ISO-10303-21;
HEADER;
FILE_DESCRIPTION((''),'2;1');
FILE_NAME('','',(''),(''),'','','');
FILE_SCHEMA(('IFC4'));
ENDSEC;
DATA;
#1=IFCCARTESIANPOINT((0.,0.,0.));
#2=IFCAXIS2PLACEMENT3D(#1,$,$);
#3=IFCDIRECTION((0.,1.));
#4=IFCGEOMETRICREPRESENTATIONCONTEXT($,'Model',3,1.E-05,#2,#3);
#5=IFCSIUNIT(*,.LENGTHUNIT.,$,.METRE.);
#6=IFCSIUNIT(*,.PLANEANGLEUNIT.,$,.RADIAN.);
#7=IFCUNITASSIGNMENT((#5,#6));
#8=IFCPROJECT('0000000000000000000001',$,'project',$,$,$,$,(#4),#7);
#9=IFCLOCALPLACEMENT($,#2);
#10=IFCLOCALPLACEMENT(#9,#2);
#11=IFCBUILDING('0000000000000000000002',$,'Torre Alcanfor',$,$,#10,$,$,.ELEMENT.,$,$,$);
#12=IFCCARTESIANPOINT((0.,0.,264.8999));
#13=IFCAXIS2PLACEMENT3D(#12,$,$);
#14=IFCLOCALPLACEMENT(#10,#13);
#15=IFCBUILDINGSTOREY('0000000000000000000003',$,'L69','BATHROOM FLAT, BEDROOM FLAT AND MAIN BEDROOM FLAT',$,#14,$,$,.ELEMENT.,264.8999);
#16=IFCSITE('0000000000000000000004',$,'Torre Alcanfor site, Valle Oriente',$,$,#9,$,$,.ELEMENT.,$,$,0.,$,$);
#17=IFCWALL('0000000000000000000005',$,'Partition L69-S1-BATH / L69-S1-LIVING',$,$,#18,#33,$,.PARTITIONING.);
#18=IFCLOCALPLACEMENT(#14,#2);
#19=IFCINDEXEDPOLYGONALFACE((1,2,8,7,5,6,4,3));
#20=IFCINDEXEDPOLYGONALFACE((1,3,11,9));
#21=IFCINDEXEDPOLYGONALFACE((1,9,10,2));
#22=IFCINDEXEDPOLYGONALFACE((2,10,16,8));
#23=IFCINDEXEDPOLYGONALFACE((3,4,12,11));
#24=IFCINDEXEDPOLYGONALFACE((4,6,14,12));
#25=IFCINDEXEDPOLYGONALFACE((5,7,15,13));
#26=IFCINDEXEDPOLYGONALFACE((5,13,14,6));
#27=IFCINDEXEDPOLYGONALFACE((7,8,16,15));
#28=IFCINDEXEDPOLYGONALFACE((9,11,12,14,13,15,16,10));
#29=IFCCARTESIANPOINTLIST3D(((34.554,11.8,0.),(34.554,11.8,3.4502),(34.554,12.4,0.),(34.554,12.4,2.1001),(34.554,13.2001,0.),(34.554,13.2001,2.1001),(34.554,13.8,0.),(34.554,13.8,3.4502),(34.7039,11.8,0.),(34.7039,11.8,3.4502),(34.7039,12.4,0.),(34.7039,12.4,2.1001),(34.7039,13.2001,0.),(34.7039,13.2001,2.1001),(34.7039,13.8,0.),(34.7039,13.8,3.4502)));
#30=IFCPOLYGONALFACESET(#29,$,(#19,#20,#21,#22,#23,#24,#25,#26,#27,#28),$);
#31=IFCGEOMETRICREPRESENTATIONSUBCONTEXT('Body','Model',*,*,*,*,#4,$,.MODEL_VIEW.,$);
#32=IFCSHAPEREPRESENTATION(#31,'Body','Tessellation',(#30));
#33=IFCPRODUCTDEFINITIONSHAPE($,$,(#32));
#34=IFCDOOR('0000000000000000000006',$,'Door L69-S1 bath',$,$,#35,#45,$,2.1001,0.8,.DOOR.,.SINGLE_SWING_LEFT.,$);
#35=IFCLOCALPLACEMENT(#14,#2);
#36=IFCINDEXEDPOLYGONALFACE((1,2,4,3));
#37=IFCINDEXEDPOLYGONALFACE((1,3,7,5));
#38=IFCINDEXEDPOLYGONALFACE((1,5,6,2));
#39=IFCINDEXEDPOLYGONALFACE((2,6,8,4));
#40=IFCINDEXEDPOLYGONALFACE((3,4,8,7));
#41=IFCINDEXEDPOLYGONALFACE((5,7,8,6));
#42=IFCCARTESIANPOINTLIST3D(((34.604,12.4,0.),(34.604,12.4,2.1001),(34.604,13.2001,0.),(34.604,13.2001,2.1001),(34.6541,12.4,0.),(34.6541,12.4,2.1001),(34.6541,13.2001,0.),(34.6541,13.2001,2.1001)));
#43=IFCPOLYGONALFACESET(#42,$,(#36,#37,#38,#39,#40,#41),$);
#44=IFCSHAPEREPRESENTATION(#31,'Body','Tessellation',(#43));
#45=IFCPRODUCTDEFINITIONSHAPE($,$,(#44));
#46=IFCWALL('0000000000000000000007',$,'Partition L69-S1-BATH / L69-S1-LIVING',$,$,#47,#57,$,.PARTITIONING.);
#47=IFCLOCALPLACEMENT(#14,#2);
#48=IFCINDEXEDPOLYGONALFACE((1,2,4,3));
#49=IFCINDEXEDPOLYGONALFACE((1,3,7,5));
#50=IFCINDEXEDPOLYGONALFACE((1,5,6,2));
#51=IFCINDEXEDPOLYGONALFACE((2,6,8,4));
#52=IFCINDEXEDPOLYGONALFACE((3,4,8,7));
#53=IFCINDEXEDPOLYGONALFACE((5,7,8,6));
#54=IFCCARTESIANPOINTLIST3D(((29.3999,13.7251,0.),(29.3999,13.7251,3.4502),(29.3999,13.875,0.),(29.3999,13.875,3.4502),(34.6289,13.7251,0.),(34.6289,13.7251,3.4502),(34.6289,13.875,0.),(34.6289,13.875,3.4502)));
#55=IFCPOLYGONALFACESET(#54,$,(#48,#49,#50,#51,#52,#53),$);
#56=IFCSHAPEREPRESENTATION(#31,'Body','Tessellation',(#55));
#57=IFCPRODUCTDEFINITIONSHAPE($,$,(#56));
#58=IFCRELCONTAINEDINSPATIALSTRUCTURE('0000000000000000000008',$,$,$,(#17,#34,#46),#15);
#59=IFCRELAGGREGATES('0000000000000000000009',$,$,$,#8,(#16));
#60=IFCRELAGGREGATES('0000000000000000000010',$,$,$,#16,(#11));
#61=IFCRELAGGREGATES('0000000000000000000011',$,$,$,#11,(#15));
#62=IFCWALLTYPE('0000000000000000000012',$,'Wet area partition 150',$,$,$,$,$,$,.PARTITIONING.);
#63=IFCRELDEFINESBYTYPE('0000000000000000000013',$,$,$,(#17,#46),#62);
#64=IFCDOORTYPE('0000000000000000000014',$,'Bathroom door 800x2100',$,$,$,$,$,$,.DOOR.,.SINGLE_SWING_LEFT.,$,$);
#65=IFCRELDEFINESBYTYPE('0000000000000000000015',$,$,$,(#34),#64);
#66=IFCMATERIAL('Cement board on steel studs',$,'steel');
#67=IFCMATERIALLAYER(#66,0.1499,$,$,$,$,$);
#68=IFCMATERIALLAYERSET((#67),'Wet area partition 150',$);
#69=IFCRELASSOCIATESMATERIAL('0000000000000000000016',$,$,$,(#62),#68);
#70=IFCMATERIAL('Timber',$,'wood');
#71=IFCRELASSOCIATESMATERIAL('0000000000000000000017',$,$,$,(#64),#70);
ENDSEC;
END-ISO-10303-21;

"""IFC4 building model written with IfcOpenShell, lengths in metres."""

from ifc_helpers import new_model, si_unit, direction, frame, frame_2d, origin, place, context, subcontext, project, spatial, rectangle, extrude, material, layer, layer_set, type_object, element, fill, save


model = new_model("IFC4")

# Units and contexts
model_context = context("Model", 3, precision=1e-05, world=origin(), true_north=direction((0.0, 1.0)))
body_context = subcontext(model_context, "Body", "Model", "MODEL_VIEW")
ifc_project = project(units=[si_unit("LENGTHUNIT", "METRE"), si_unit("PLANEANGLEUNIT", "RADIAN")], contexts=[model_context])

# Site, building, storey
site_placement = place(None, origin())
site = spatial("IfcSite", under=ifc_project, at=site_placement, Name="Torre Alcanfor site, Valle Oriente", CompositionType="ELEMENT", RefElevation=0.0)
building_placement = place(site_placement, origin())
building = spatial("IfcBuilding", under=site, at=building_placement, Name="Torre Alcanfor", CompositionType="ELEMENT")
storey_placement = place(building_placement, frame((0.0, 0.0, 264.8999)))
storey = spatial("IfcBuildingStorey", under=building, at=storey_placement, Name="L69", Description="BATHROOM FLAT, BEDROOM FLAT AND MAIN BEDROOM FLAT", CompositionType="ELEMENT", Elevation=264.8999)

# Shared definitions
ifc_material_1 = material(Name="Cement board on steel studs", Category="steel")
ifc_layer_1 = layer(ifc_material_1, 0.1499)
ifc_layer_set_1 = layer_set([ifc_layer_1], Name="Wet area partition 150")
wall_type_1 = type_object("IfcWallType", Name="Wet area partition 150", PredefinedType="PARTITIONING", material=ifc_layer_set_1)

# Wall, opening, door
wall_1_placement = place(storey_placement, frame((34.6289, 11.8, 0.0), z_axis=(0.0, 0.0, 1.0), x_axis=(0.0, 1.0, 0.0)))
wall_1 = element("IfcWall", 1, at=wall_1_placement, inside=storey, type_object=wall_type_1, Name="Partition L69-S1-BATH / L69-S1-LIVING", PredefinedType="PARTITIONING", context=body_context, shape_type="SweptSolid", body=[
    extrude(rectangle(XDim=2.0, YDim=0.1499, at=frame_2d((1.0, 0.0))), origin(), (0.0, 0.0, 1.0), 3.4502),
])
opening_1_placement = place(wall_1_placement, frame((0.6001, 0.0, 0.0)))
opening_1 = element("IfcOpeningElement", 2, at=opening_1_placement, cuts=wall_1, PredefinedType="OPENING", context=body_context, shape_type="SweptSolid", body=[
    extrude(rectangle(XDim=0.8, YDim=2.1001, at=frame_2d((0.3999, 1.05))), frame((0.0, 0.085, 0.0), z_axis=(0.0, -1.0, 0.0), x_axis=(1.0, 0.0, 0.0)), (0.0, 0.0, 1.0), 0.1699),
])
ifc_material_2 = material(Name="Timber", Category="wood")
door_type_1 = type_object("IfcDoorType", Name="Bathroom door 800x2100", OperationType="SINGLE_SWING_LEFT", PredefinedType="DOOR", material=ifc_material_2)
door_1_placement = place(opening_1_placement, origin())
door_1 = element("IfcDoor", 3, at=door_1_placement, inside=storey, type_object=door_type_1, Name="Door L69-S1 bath", OperationType="SINGLE_SWING_LEFT", OverallHeight=2.1001, OverallWidth=0.8, PredefinedType="DOOR", context=body_context, shape_type="SweptSolid", body=[
    extrude(rectangle(XDim=0.8, YDim=2.1001, at=frame_2d((0.3999, 1.05))), frame((0.0, 0.0249, 0.0), z_axis=(0.0, -1.0, 0.0), x_axis=(1.0, 0.0, 0.0)), (0.0, 0.0, 1.0), 0.05),
])
fill(opening_1, door_1)

# Wall
wall_2_placement = place(storey_placement, frame((34.6289, 13.8, 0.0), z_axis=(0.0, 0.0, 1.0), x_axis=(-1.0, 0.0, 0.0)))
element("IfcWall", 4, at=wall_2_placement, inside=storey, type_object=wall_type_1, Name="Partition L69-S1-BATH / L69-S1-LIVING", PredefinedType="PARTITIONING", context=body_context, shape_type="SweptSolid", body=[
    extrude(rectangle(XDim=5.229, YDim=0.1499, at=frame_2d((2.6145, 0.0))), origin(), (0.0, 0.0, 1.0), 3.4502),
])

save(model, "model.ifc")
